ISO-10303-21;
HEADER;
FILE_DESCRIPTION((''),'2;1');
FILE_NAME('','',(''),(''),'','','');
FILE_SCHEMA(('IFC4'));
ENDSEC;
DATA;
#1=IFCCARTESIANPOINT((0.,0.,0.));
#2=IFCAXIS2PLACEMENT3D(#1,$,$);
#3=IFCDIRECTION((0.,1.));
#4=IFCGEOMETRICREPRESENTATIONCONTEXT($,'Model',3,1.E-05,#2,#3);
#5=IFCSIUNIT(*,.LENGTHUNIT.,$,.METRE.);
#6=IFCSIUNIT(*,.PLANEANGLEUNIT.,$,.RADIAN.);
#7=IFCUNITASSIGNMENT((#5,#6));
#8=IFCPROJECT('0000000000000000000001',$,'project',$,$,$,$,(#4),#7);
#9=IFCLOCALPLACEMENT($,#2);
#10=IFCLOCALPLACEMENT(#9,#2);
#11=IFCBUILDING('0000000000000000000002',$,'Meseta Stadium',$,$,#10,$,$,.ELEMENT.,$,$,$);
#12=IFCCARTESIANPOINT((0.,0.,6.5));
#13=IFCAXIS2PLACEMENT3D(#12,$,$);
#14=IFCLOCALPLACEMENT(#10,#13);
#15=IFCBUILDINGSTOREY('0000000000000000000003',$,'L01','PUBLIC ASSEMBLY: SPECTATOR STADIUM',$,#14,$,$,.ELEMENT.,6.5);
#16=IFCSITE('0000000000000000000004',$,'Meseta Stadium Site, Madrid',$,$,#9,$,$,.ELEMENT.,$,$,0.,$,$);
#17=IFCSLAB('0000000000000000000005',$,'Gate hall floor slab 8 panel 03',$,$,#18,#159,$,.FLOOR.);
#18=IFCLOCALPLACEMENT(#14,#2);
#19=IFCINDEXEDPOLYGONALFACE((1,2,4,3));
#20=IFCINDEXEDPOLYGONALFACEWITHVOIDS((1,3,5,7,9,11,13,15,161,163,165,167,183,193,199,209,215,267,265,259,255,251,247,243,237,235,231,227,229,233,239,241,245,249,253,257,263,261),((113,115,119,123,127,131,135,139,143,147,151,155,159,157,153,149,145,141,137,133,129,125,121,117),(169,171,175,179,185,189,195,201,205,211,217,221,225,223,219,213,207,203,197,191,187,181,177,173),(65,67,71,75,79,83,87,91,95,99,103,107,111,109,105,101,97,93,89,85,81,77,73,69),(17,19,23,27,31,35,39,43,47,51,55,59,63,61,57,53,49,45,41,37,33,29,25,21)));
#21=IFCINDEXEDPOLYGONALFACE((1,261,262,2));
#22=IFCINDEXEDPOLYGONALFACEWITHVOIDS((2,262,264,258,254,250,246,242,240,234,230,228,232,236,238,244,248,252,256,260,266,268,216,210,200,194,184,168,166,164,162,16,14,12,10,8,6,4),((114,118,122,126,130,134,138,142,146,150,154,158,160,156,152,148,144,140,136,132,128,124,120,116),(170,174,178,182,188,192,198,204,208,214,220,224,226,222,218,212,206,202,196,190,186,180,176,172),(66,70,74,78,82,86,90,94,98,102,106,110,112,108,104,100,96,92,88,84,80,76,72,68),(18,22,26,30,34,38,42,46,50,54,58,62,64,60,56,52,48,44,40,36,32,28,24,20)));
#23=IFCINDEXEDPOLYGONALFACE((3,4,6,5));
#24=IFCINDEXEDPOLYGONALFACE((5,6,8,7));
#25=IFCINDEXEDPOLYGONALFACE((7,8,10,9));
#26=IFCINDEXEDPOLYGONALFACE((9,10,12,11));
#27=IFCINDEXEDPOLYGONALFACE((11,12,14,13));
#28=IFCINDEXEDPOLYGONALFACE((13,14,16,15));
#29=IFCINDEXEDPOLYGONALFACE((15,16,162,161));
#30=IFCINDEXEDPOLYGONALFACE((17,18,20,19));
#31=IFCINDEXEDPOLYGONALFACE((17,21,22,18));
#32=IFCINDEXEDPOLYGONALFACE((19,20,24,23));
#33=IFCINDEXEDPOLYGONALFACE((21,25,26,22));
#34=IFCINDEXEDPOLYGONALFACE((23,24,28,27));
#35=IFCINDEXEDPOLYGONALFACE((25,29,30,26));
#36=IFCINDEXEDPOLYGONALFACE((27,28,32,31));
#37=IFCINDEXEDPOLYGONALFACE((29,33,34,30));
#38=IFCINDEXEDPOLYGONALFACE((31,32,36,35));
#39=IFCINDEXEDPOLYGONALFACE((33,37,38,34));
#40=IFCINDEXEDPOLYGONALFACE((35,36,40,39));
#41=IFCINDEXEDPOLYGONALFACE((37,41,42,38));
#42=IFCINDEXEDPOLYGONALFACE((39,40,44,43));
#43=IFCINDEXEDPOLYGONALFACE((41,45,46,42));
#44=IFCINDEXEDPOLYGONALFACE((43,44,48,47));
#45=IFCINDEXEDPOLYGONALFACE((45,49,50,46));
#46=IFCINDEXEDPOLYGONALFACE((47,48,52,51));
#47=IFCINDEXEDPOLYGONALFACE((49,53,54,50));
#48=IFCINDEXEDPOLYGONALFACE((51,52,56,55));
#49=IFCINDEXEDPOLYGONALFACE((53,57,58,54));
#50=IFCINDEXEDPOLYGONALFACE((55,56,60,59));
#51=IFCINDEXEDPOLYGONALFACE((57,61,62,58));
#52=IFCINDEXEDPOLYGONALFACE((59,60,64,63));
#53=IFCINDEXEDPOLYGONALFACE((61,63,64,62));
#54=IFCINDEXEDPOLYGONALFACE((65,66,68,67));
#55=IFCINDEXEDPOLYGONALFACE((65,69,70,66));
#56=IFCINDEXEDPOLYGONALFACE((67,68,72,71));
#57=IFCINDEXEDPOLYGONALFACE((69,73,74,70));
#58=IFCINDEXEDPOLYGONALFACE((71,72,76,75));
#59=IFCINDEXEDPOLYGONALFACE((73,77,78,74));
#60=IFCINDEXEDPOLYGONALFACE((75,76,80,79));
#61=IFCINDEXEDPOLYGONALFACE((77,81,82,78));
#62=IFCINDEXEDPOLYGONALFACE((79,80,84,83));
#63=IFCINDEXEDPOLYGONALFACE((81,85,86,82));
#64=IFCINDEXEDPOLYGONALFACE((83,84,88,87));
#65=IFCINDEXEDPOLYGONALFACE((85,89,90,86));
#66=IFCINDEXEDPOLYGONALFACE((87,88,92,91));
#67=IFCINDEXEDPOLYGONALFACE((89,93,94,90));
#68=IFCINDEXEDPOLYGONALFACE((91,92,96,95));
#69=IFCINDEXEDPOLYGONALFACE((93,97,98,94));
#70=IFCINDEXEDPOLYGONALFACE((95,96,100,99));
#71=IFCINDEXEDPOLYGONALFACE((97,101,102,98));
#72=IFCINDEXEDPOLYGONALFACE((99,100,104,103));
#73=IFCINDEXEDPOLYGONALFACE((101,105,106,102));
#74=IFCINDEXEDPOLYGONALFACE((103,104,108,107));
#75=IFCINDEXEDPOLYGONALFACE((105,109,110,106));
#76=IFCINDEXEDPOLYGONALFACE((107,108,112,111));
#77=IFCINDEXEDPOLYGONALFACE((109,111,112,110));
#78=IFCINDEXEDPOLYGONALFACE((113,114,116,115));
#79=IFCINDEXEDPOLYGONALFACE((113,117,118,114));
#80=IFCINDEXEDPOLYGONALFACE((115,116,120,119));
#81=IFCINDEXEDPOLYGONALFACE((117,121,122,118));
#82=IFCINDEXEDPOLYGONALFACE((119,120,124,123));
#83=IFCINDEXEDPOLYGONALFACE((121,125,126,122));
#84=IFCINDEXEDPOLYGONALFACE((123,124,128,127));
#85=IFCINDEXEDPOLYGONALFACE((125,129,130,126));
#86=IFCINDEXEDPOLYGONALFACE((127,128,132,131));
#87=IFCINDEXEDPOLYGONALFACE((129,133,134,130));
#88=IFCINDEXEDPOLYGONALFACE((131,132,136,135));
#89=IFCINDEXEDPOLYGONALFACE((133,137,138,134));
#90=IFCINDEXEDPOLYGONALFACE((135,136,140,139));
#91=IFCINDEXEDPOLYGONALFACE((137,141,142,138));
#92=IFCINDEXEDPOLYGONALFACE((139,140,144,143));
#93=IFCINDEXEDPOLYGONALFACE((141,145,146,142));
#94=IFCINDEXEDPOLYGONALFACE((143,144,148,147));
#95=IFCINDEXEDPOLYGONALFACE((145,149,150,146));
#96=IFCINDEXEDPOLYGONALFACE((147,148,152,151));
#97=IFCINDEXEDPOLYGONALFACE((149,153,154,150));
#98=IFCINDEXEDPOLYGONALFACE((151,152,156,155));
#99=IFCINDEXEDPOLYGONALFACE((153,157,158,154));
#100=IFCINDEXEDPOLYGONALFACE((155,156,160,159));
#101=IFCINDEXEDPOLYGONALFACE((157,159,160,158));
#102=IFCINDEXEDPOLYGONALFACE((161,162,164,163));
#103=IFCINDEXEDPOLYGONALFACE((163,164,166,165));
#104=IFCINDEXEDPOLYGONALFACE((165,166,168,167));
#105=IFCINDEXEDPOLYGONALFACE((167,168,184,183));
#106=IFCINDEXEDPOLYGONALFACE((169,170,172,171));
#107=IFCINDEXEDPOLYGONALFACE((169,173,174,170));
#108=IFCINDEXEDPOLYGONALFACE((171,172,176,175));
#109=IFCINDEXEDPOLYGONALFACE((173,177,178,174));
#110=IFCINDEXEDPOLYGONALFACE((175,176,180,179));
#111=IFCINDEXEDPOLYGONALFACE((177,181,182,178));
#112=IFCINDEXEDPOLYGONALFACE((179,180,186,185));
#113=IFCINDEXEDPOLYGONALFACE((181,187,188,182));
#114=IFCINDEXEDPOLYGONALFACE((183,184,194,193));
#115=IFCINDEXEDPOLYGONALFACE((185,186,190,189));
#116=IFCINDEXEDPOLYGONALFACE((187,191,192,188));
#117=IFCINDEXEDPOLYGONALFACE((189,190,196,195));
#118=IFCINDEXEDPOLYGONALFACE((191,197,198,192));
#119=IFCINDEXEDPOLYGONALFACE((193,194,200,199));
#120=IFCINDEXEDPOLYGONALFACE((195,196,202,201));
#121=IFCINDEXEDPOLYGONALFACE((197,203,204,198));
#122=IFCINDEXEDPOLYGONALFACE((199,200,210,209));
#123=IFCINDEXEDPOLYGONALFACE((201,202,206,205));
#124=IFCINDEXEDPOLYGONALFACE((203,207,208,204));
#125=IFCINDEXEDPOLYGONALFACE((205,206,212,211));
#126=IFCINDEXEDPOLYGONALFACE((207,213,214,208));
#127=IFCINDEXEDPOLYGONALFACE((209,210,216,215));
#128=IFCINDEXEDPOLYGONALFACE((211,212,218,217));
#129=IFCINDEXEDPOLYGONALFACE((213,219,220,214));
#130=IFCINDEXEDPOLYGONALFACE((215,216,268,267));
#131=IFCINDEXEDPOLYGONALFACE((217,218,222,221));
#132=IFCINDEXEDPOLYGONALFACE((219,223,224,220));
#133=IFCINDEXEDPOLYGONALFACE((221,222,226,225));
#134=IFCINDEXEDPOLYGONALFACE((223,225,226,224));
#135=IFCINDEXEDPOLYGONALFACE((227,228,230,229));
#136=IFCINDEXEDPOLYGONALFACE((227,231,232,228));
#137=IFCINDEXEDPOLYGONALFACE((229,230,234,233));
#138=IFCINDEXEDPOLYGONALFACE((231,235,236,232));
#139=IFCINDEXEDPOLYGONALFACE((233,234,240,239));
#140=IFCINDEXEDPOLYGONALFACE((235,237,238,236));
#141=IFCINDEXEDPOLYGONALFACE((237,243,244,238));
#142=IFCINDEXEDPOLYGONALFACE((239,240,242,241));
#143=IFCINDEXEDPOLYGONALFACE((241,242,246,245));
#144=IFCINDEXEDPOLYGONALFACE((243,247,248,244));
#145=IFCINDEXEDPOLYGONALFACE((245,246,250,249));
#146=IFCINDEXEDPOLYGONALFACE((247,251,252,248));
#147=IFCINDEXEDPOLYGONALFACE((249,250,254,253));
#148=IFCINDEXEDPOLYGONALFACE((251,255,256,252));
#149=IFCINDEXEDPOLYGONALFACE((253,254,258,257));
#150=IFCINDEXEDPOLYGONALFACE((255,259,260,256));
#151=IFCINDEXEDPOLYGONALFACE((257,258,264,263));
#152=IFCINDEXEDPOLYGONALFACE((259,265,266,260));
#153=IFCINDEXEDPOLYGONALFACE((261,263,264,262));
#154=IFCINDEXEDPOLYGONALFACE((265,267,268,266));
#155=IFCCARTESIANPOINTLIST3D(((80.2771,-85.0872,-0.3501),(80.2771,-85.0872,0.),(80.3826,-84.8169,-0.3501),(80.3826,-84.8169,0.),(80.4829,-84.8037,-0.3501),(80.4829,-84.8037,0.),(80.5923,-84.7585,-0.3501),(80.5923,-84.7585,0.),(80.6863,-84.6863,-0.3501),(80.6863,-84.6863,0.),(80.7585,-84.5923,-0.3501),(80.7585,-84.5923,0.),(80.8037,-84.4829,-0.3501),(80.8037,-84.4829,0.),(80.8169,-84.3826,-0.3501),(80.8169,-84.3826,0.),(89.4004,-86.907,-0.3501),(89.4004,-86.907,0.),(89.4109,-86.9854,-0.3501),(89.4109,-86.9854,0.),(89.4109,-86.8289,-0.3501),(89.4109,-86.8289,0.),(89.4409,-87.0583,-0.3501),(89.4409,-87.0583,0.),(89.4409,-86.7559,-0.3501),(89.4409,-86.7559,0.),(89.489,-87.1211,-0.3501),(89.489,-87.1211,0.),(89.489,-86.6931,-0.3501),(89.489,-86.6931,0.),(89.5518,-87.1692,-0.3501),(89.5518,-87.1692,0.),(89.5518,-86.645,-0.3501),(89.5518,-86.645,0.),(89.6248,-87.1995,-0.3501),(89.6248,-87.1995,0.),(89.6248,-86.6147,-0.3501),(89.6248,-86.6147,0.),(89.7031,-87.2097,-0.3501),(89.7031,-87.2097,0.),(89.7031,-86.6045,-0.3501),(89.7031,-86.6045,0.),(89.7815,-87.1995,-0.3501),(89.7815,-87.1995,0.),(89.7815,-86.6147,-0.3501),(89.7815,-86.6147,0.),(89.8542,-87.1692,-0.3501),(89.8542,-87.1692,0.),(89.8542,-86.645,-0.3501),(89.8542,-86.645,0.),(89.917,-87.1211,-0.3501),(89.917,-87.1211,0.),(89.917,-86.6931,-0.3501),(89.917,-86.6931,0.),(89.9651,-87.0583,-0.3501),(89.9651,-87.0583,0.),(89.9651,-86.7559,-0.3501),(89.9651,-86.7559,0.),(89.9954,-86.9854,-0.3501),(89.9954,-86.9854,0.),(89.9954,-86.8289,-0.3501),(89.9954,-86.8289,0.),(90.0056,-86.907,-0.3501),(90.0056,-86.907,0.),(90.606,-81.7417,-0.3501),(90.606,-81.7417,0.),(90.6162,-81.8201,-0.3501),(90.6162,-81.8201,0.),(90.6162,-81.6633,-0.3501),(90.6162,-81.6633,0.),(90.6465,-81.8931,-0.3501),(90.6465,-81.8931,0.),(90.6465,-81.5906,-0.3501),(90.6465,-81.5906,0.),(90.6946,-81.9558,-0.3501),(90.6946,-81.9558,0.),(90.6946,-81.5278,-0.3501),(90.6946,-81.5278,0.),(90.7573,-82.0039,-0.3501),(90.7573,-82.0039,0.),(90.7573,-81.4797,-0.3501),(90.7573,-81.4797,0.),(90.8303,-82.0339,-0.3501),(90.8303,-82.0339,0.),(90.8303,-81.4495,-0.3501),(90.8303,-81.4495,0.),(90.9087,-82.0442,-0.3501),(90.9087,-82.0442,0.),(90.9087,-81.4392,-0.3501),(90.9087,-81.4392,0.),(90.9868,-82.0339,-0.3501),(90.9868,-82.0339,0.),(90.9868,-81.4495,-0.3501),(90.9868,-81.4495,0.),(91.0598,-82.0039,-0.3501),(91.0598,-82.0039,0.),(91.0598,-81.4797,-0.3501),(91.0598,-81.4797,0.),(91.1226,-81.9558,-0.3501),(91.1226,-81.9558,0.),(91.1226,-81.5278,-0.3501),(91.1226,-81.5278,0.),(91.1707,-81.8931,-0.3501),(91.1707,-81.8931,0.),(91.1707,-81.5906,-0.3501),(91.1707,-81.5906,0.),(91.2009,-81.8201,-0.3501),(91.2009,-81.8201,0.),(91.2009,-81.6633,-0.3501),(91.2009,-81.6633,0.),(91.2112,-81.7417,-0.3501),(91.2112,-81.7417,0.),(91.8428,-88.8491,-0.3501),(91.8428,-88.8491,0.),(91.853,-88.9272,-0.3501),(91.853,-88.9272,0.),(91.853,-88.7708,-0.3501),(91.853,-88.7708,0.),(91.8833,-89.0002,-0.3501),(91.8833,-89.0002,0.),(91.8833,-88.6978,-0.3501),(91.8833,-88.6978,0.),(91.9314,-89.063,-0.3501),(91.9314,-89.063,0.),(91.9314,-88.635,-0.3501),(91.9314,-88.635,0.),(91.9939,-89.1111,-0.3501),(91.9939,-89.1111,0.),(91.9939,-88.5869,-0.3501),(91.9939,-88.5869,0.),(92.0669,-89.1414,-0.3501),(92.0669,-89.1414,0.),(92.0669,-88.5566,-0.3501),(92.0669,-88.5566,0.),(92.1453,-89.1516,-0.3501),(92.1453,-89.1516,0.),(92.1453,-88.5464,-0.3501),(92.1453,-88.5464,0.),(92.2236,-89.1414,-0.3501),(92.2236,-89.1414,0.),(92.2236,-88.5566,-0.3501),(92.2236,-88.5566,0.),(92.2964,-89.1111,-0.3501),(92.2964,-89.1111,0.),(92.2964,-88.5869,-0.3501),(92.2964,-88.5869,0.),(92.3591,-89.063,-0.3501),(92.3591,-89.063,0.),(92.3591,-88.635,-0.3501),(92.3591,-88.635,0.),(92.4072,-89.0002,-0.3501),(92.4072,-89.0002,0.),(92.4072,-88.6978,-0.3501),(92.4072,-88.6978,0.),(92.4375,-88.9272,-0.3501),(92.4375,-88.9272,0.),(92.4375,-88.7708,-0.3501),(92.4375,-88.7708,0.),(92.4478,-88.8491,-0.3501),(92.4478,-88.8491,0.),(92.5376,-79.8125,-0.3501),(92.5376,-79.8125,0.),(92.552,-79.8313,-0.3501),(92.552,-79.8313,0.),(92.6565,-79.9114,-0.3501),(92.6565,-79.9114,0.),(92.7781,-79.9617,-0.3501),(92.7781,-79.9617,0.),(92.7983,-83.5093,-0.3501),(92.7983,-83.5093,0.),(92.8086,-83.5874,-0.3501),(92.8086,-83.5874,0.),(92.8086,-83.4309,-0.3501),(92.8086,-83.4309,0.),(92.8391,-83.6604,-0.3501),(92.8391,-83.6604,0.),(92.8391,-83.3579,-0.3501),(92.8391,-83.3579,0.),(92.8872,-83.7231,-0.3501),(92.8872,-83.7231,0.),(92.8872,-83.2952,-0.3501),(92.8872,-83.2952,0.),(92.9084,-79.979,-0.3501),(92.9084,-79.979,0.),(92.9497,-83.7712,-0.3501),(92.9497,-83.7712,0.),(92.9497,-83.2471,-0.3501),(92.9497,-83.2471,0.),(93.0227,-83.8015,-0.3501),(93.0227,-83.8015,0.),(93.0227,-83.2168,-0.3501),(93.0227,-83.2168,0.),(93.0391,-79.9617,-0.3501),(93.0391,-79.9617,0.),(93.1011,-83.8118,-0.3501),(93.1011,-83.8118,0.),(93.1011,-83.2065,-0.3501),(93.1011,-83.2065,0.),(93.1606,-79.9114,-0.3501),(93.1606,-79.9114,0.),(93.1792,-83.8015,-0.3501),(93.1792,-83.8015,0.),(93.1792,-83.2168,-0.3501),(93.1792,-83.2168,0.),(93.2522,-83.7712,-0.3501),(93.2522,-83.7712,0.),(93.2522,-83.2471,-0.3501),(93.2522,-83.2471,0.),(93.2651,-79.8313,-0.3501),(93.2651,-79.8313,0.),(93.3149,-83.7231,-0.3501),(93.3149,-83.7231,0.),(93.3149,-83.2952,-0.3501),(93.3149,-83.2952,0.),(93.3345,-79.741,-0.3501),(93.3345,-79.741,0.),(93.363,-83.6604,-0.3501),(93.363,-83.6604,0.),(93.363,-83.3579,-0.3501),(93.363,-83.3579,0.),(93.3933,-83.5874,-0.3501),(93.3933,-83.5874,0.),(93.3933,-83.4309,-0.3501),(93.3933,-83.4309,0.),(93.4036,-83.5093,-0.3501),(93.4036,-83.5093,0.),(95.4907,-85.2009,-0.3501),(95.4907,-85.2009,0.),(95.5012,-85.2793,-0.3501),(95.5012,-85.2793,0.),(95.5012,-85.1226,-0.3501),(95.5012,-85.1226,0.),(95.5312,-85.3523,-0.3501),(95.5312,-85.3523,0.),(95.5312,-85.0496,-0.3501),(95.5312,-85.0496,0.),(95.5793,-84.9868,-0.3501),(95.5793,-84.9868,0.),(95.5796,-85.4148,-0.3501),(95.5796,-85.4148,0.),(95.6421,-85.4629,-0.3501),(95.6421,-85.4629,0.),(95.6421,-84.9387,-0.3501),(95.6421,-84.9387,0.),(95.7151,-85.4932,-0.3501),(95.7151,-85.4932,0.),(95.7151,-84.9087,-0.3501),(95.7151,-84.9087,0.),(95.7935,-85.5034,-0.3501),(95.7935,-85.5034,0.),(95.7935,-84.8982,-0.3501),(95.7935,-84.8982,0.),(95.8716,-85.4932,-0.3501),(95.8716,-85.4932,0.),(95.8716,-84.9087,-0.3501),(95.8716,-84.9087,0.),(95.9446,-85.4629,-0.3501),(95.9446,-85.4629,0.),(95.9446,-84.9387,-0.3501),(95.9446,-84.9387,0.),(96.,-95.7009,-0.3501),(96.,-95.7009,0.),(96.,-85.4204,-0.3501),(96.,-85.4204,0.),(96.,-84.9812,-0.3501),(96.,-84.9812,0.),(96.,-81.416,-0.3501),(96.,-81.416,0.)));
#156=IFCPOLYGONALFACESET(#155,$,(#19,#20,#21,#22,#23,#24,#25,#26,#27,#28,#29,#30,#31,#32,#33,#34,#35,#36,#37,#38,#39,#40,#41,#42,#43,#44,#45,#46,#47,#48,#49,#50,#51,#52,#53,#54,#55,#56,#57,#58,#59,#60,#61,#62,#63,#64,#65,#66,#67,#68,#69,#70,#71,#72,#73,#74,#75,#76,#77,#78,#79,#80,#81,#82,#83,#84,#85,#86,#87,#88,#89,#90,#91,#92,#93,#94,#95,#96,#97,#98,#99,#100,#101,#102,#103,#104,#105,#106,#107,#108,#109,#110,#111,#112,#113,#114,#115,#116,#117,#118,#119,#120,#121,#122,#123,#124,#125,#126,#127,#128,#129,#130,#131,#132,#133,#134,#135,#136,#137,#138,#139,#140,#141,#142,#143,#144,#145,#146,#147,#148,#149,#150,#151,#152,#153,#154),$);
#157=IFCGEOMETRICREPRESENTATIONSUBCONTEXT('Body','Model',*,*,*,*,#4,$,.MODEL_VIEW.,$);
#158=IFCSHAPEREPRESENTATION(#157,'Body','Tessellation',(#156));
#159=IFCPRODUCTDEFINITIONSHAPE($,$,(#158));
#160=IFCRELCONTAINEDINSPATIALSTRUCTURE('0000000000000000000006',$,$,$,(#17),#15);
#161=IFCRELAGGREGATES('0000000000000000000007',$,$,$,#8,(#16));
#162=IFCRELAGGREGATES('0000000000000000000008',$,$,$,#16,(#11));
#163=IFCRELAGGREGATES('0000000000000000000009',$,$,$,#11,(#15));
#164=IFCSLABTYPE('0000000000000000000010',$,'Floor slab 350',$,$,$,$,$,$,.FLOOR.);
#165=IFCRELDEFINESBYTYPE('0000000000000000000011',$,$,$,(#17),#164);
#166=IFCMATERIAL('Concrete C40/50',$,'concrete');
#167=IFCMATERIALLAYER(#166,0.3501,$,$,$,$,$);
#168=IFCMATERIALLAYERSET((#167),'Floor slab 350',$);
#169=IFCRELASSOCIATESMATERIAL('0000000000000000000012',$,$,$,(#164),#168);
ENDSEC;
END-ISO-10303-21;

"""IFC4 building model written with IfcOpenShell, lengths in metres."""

from ifc_helpers import new_model, si_unit, direction, frame, origin, place, context, subcontext, project, spatial, polyline, outline, extrude, material, layer, layer_set, type_object, element, save


model = new_model("IFC4")

# Units and contexts
model_context = context("Model", 3, precision=1e-05, world=origin(), true_north=direction((0.0, 1.0)))
body_context = subcontext(model_context, "Body", "Model", "MODEL_VIEW")
ifc_project = project(units=[si_unit("LENGTHUNIT", "METRE"), si_unit("PLANEANGLEUNIT", "RADIAN")], contexts=[model_context])

# Site, building, storey
site_placement = place(None, origin())
site = spatial("IfcSite", under=ifc_project, at=site_placement, Name="Meseta Stadium Site, Madrid", CompositionType="ELEMENT", RefElevation=0.0)
building_placement = place(site_placement, origin())
building = spatial("IfcBuilding", under=site, at=building_placement, Name="Meseta Stadium", CompositionType="ELEMENT")
storey_placement = place(building_placement, frame((0.0, 0.0, 6.5)))
storey = spatial("IfcBuildingStorey", under=building, at=storey_placement, Name="L01", Description="PUBLIC ASSEMBLY: SPECTATOR STADIUM", CompositionType="ELEMENT", Elevation=6.5)

# Slab
ifc_material_1 = material(Name="Concrete C40/50", Category="concrete")
ifc_layer_1 = layer(ifc_material_1, 0.3501)
ifc_layer_set_1 = layer_set([ifc_layer_1], Name="Floor slab 350")
slab_type_1 = type_object("IfcSlabType", Name="Floor slab 350", PredefinedType="FLOOR", material=ifc_layer_set_1)
slab_1_placement = place(storey_placement, frame((0.0, 0.0, -0.3501)))
element("IfcSlab", 1, at=slab_1_placement, inside=storey, type_object=slab_type_1, Name="Gate hall floor slab 8 panel 03", PredefinedType="FLOOR", context=body_context, shape_type="SweptSolid", body=[
    extrude(outline(polyline([(93.1606, -79.9114), (93.0391, -79.9617), (92.9084, -79.979), (92.7781, -79.9617), (92.6565, -79.9114), (92.552, -79.8313), (92.5376, -79.8125), (80.8169, -84.3826), (80.8037, -84.4829), (80.7585, -84.5923), (80.6863, -84.6863), (80.5923, -84.7585), (80.4829, -84.8037), (80.3826, -84.8169), (80.2771, -85.0872), (96.0, -95.7009), (96.0, -85.4204), (95.9446, -85.4629), (95.8716, -85.4932), (95.7935, -85.5034), (95.7151, -85.4932), (95.6421, -85.4629), (95.5796, -85.4148), (95.5312, -85.3523), (95.5012, -85.2793), (95.4907, -85.2009), (95.5012, -85.1226), (95.5312, -85.0496), (95.5793, -84.9868), (95.6421, -84.9387), (95.7151, -84.9087), (95.7935, -84.8982), (95.8716, -84.9087), (95.9446, -84.9387), (96.0, -84.9812), (96.0, -81.416), (93.3345, -79.741), (93.2651, -79.8313), (93.1606, -79.9114)]), holes=[polyline([(91.9939, -89.1111), (91.9314, -89.063), (91.8833, -89.0002), (91.853, -88.9272), (91.8428, -88.8491), (91.853, -88.7708), (91.8833, -88.6978), (91.9314, -88.635), (91.9939, -88.5869), (92.0669, -88.5566), (92.1453, -88.5464), (92.2236, -88.5566), (92.2964, -88.5869), (92.3591, -88.635), (92.4072, -88.6978), (92.4375, -88.7708), (92.4478, -88.8491), (92.4375, -88.9272), (92.4072, -89.0002), (92.3591, -89.063), (92.2964, -89.1111), (92.2236, -89.1414), (92.1453, -89.1516), (92.0669, -89.1414), (91.9939, -89.1111)]), polyline([(89.7031, -86.6045), (89.7815, -86.6147), (89.8542, -86.645), (89.917, -86.6931), (89.9651, -86.7559), (89.9954, -86.8289), (90.0056, -86.907), (89.9954, -86.9854), (89.9651, -87.0583), (89.917, -87.1211), (89.8542, -87.1692), (89.7815, -87.1995), (89.7031, -87.2097), (89.6248, -87.1995), (89.5518, -87.1692), (89.489, -87.1211), (89.4409, -87.0583), (89.4109, -86.9854), (89.4004, -86.907), (89.4109, -86.8289), (89.4409, -86.7559), (89.489, -86.6931), (89.5518, -86.645), (89.6248, -86.6147), (89.7031, -86.6045)]), polyline([(93.1792, -83.2168), (93.2522, -83.2471), (93.3149, -83.2952), (93.363, -83.3579), (93.3933, -83.4309), (93.4036, -83.5093), (93.3933, -83.5874), (93.363, -83.6604), (93.3149, -83.7231), (93.2522, -83.7712), (93.1792, -83.8015), (93.1011, -83.8118), (93.0227, -83.8015), (92.9497, -83.7712), (92.8872, -83.7231), (92.8391, -83.6604), (92.8086, -83.5874), (92.7983, -83.5093), (92.8086, -83.4309), (92.8391, -83.3579), (92.8872, -83.2952), (92.9497, -83.2471), (93.0227, -83.2168), (93.1011, -83.2065), (93.1792, -83.2168)]), polyline([(90.9087, -81.4392), (90.9868, -81.4495), (91.0598, -81.4797), (91.1226, -81.5278), (91.1707, -81.5906), (91.2009, -81.6633), (91.2112, -81.7417), (91.2009, -81.8201), (91.1707, -81.8931), (91.1226, -81.9558), (91.0598, -82.0039), (90.9868, -82.0339), (90.9087, -82.0442), (90.8303, -82.0339), (90.7573, -82.0039), (90.6946, -81.9558), (90.6465, -81.8931), (90.6162, -81.8201), (90.606, -81.7417), (90.6162, -81.6633), (90.6465, -81.5906), (90.6946, -81.5278), (90.7573, -81.4797), (90.8303, -81.4495), (90.9087, -81.4392)])]), origin(), (0.0, 0.0, 1.0), 0.3501),
])

save(model, "model.ifc")
